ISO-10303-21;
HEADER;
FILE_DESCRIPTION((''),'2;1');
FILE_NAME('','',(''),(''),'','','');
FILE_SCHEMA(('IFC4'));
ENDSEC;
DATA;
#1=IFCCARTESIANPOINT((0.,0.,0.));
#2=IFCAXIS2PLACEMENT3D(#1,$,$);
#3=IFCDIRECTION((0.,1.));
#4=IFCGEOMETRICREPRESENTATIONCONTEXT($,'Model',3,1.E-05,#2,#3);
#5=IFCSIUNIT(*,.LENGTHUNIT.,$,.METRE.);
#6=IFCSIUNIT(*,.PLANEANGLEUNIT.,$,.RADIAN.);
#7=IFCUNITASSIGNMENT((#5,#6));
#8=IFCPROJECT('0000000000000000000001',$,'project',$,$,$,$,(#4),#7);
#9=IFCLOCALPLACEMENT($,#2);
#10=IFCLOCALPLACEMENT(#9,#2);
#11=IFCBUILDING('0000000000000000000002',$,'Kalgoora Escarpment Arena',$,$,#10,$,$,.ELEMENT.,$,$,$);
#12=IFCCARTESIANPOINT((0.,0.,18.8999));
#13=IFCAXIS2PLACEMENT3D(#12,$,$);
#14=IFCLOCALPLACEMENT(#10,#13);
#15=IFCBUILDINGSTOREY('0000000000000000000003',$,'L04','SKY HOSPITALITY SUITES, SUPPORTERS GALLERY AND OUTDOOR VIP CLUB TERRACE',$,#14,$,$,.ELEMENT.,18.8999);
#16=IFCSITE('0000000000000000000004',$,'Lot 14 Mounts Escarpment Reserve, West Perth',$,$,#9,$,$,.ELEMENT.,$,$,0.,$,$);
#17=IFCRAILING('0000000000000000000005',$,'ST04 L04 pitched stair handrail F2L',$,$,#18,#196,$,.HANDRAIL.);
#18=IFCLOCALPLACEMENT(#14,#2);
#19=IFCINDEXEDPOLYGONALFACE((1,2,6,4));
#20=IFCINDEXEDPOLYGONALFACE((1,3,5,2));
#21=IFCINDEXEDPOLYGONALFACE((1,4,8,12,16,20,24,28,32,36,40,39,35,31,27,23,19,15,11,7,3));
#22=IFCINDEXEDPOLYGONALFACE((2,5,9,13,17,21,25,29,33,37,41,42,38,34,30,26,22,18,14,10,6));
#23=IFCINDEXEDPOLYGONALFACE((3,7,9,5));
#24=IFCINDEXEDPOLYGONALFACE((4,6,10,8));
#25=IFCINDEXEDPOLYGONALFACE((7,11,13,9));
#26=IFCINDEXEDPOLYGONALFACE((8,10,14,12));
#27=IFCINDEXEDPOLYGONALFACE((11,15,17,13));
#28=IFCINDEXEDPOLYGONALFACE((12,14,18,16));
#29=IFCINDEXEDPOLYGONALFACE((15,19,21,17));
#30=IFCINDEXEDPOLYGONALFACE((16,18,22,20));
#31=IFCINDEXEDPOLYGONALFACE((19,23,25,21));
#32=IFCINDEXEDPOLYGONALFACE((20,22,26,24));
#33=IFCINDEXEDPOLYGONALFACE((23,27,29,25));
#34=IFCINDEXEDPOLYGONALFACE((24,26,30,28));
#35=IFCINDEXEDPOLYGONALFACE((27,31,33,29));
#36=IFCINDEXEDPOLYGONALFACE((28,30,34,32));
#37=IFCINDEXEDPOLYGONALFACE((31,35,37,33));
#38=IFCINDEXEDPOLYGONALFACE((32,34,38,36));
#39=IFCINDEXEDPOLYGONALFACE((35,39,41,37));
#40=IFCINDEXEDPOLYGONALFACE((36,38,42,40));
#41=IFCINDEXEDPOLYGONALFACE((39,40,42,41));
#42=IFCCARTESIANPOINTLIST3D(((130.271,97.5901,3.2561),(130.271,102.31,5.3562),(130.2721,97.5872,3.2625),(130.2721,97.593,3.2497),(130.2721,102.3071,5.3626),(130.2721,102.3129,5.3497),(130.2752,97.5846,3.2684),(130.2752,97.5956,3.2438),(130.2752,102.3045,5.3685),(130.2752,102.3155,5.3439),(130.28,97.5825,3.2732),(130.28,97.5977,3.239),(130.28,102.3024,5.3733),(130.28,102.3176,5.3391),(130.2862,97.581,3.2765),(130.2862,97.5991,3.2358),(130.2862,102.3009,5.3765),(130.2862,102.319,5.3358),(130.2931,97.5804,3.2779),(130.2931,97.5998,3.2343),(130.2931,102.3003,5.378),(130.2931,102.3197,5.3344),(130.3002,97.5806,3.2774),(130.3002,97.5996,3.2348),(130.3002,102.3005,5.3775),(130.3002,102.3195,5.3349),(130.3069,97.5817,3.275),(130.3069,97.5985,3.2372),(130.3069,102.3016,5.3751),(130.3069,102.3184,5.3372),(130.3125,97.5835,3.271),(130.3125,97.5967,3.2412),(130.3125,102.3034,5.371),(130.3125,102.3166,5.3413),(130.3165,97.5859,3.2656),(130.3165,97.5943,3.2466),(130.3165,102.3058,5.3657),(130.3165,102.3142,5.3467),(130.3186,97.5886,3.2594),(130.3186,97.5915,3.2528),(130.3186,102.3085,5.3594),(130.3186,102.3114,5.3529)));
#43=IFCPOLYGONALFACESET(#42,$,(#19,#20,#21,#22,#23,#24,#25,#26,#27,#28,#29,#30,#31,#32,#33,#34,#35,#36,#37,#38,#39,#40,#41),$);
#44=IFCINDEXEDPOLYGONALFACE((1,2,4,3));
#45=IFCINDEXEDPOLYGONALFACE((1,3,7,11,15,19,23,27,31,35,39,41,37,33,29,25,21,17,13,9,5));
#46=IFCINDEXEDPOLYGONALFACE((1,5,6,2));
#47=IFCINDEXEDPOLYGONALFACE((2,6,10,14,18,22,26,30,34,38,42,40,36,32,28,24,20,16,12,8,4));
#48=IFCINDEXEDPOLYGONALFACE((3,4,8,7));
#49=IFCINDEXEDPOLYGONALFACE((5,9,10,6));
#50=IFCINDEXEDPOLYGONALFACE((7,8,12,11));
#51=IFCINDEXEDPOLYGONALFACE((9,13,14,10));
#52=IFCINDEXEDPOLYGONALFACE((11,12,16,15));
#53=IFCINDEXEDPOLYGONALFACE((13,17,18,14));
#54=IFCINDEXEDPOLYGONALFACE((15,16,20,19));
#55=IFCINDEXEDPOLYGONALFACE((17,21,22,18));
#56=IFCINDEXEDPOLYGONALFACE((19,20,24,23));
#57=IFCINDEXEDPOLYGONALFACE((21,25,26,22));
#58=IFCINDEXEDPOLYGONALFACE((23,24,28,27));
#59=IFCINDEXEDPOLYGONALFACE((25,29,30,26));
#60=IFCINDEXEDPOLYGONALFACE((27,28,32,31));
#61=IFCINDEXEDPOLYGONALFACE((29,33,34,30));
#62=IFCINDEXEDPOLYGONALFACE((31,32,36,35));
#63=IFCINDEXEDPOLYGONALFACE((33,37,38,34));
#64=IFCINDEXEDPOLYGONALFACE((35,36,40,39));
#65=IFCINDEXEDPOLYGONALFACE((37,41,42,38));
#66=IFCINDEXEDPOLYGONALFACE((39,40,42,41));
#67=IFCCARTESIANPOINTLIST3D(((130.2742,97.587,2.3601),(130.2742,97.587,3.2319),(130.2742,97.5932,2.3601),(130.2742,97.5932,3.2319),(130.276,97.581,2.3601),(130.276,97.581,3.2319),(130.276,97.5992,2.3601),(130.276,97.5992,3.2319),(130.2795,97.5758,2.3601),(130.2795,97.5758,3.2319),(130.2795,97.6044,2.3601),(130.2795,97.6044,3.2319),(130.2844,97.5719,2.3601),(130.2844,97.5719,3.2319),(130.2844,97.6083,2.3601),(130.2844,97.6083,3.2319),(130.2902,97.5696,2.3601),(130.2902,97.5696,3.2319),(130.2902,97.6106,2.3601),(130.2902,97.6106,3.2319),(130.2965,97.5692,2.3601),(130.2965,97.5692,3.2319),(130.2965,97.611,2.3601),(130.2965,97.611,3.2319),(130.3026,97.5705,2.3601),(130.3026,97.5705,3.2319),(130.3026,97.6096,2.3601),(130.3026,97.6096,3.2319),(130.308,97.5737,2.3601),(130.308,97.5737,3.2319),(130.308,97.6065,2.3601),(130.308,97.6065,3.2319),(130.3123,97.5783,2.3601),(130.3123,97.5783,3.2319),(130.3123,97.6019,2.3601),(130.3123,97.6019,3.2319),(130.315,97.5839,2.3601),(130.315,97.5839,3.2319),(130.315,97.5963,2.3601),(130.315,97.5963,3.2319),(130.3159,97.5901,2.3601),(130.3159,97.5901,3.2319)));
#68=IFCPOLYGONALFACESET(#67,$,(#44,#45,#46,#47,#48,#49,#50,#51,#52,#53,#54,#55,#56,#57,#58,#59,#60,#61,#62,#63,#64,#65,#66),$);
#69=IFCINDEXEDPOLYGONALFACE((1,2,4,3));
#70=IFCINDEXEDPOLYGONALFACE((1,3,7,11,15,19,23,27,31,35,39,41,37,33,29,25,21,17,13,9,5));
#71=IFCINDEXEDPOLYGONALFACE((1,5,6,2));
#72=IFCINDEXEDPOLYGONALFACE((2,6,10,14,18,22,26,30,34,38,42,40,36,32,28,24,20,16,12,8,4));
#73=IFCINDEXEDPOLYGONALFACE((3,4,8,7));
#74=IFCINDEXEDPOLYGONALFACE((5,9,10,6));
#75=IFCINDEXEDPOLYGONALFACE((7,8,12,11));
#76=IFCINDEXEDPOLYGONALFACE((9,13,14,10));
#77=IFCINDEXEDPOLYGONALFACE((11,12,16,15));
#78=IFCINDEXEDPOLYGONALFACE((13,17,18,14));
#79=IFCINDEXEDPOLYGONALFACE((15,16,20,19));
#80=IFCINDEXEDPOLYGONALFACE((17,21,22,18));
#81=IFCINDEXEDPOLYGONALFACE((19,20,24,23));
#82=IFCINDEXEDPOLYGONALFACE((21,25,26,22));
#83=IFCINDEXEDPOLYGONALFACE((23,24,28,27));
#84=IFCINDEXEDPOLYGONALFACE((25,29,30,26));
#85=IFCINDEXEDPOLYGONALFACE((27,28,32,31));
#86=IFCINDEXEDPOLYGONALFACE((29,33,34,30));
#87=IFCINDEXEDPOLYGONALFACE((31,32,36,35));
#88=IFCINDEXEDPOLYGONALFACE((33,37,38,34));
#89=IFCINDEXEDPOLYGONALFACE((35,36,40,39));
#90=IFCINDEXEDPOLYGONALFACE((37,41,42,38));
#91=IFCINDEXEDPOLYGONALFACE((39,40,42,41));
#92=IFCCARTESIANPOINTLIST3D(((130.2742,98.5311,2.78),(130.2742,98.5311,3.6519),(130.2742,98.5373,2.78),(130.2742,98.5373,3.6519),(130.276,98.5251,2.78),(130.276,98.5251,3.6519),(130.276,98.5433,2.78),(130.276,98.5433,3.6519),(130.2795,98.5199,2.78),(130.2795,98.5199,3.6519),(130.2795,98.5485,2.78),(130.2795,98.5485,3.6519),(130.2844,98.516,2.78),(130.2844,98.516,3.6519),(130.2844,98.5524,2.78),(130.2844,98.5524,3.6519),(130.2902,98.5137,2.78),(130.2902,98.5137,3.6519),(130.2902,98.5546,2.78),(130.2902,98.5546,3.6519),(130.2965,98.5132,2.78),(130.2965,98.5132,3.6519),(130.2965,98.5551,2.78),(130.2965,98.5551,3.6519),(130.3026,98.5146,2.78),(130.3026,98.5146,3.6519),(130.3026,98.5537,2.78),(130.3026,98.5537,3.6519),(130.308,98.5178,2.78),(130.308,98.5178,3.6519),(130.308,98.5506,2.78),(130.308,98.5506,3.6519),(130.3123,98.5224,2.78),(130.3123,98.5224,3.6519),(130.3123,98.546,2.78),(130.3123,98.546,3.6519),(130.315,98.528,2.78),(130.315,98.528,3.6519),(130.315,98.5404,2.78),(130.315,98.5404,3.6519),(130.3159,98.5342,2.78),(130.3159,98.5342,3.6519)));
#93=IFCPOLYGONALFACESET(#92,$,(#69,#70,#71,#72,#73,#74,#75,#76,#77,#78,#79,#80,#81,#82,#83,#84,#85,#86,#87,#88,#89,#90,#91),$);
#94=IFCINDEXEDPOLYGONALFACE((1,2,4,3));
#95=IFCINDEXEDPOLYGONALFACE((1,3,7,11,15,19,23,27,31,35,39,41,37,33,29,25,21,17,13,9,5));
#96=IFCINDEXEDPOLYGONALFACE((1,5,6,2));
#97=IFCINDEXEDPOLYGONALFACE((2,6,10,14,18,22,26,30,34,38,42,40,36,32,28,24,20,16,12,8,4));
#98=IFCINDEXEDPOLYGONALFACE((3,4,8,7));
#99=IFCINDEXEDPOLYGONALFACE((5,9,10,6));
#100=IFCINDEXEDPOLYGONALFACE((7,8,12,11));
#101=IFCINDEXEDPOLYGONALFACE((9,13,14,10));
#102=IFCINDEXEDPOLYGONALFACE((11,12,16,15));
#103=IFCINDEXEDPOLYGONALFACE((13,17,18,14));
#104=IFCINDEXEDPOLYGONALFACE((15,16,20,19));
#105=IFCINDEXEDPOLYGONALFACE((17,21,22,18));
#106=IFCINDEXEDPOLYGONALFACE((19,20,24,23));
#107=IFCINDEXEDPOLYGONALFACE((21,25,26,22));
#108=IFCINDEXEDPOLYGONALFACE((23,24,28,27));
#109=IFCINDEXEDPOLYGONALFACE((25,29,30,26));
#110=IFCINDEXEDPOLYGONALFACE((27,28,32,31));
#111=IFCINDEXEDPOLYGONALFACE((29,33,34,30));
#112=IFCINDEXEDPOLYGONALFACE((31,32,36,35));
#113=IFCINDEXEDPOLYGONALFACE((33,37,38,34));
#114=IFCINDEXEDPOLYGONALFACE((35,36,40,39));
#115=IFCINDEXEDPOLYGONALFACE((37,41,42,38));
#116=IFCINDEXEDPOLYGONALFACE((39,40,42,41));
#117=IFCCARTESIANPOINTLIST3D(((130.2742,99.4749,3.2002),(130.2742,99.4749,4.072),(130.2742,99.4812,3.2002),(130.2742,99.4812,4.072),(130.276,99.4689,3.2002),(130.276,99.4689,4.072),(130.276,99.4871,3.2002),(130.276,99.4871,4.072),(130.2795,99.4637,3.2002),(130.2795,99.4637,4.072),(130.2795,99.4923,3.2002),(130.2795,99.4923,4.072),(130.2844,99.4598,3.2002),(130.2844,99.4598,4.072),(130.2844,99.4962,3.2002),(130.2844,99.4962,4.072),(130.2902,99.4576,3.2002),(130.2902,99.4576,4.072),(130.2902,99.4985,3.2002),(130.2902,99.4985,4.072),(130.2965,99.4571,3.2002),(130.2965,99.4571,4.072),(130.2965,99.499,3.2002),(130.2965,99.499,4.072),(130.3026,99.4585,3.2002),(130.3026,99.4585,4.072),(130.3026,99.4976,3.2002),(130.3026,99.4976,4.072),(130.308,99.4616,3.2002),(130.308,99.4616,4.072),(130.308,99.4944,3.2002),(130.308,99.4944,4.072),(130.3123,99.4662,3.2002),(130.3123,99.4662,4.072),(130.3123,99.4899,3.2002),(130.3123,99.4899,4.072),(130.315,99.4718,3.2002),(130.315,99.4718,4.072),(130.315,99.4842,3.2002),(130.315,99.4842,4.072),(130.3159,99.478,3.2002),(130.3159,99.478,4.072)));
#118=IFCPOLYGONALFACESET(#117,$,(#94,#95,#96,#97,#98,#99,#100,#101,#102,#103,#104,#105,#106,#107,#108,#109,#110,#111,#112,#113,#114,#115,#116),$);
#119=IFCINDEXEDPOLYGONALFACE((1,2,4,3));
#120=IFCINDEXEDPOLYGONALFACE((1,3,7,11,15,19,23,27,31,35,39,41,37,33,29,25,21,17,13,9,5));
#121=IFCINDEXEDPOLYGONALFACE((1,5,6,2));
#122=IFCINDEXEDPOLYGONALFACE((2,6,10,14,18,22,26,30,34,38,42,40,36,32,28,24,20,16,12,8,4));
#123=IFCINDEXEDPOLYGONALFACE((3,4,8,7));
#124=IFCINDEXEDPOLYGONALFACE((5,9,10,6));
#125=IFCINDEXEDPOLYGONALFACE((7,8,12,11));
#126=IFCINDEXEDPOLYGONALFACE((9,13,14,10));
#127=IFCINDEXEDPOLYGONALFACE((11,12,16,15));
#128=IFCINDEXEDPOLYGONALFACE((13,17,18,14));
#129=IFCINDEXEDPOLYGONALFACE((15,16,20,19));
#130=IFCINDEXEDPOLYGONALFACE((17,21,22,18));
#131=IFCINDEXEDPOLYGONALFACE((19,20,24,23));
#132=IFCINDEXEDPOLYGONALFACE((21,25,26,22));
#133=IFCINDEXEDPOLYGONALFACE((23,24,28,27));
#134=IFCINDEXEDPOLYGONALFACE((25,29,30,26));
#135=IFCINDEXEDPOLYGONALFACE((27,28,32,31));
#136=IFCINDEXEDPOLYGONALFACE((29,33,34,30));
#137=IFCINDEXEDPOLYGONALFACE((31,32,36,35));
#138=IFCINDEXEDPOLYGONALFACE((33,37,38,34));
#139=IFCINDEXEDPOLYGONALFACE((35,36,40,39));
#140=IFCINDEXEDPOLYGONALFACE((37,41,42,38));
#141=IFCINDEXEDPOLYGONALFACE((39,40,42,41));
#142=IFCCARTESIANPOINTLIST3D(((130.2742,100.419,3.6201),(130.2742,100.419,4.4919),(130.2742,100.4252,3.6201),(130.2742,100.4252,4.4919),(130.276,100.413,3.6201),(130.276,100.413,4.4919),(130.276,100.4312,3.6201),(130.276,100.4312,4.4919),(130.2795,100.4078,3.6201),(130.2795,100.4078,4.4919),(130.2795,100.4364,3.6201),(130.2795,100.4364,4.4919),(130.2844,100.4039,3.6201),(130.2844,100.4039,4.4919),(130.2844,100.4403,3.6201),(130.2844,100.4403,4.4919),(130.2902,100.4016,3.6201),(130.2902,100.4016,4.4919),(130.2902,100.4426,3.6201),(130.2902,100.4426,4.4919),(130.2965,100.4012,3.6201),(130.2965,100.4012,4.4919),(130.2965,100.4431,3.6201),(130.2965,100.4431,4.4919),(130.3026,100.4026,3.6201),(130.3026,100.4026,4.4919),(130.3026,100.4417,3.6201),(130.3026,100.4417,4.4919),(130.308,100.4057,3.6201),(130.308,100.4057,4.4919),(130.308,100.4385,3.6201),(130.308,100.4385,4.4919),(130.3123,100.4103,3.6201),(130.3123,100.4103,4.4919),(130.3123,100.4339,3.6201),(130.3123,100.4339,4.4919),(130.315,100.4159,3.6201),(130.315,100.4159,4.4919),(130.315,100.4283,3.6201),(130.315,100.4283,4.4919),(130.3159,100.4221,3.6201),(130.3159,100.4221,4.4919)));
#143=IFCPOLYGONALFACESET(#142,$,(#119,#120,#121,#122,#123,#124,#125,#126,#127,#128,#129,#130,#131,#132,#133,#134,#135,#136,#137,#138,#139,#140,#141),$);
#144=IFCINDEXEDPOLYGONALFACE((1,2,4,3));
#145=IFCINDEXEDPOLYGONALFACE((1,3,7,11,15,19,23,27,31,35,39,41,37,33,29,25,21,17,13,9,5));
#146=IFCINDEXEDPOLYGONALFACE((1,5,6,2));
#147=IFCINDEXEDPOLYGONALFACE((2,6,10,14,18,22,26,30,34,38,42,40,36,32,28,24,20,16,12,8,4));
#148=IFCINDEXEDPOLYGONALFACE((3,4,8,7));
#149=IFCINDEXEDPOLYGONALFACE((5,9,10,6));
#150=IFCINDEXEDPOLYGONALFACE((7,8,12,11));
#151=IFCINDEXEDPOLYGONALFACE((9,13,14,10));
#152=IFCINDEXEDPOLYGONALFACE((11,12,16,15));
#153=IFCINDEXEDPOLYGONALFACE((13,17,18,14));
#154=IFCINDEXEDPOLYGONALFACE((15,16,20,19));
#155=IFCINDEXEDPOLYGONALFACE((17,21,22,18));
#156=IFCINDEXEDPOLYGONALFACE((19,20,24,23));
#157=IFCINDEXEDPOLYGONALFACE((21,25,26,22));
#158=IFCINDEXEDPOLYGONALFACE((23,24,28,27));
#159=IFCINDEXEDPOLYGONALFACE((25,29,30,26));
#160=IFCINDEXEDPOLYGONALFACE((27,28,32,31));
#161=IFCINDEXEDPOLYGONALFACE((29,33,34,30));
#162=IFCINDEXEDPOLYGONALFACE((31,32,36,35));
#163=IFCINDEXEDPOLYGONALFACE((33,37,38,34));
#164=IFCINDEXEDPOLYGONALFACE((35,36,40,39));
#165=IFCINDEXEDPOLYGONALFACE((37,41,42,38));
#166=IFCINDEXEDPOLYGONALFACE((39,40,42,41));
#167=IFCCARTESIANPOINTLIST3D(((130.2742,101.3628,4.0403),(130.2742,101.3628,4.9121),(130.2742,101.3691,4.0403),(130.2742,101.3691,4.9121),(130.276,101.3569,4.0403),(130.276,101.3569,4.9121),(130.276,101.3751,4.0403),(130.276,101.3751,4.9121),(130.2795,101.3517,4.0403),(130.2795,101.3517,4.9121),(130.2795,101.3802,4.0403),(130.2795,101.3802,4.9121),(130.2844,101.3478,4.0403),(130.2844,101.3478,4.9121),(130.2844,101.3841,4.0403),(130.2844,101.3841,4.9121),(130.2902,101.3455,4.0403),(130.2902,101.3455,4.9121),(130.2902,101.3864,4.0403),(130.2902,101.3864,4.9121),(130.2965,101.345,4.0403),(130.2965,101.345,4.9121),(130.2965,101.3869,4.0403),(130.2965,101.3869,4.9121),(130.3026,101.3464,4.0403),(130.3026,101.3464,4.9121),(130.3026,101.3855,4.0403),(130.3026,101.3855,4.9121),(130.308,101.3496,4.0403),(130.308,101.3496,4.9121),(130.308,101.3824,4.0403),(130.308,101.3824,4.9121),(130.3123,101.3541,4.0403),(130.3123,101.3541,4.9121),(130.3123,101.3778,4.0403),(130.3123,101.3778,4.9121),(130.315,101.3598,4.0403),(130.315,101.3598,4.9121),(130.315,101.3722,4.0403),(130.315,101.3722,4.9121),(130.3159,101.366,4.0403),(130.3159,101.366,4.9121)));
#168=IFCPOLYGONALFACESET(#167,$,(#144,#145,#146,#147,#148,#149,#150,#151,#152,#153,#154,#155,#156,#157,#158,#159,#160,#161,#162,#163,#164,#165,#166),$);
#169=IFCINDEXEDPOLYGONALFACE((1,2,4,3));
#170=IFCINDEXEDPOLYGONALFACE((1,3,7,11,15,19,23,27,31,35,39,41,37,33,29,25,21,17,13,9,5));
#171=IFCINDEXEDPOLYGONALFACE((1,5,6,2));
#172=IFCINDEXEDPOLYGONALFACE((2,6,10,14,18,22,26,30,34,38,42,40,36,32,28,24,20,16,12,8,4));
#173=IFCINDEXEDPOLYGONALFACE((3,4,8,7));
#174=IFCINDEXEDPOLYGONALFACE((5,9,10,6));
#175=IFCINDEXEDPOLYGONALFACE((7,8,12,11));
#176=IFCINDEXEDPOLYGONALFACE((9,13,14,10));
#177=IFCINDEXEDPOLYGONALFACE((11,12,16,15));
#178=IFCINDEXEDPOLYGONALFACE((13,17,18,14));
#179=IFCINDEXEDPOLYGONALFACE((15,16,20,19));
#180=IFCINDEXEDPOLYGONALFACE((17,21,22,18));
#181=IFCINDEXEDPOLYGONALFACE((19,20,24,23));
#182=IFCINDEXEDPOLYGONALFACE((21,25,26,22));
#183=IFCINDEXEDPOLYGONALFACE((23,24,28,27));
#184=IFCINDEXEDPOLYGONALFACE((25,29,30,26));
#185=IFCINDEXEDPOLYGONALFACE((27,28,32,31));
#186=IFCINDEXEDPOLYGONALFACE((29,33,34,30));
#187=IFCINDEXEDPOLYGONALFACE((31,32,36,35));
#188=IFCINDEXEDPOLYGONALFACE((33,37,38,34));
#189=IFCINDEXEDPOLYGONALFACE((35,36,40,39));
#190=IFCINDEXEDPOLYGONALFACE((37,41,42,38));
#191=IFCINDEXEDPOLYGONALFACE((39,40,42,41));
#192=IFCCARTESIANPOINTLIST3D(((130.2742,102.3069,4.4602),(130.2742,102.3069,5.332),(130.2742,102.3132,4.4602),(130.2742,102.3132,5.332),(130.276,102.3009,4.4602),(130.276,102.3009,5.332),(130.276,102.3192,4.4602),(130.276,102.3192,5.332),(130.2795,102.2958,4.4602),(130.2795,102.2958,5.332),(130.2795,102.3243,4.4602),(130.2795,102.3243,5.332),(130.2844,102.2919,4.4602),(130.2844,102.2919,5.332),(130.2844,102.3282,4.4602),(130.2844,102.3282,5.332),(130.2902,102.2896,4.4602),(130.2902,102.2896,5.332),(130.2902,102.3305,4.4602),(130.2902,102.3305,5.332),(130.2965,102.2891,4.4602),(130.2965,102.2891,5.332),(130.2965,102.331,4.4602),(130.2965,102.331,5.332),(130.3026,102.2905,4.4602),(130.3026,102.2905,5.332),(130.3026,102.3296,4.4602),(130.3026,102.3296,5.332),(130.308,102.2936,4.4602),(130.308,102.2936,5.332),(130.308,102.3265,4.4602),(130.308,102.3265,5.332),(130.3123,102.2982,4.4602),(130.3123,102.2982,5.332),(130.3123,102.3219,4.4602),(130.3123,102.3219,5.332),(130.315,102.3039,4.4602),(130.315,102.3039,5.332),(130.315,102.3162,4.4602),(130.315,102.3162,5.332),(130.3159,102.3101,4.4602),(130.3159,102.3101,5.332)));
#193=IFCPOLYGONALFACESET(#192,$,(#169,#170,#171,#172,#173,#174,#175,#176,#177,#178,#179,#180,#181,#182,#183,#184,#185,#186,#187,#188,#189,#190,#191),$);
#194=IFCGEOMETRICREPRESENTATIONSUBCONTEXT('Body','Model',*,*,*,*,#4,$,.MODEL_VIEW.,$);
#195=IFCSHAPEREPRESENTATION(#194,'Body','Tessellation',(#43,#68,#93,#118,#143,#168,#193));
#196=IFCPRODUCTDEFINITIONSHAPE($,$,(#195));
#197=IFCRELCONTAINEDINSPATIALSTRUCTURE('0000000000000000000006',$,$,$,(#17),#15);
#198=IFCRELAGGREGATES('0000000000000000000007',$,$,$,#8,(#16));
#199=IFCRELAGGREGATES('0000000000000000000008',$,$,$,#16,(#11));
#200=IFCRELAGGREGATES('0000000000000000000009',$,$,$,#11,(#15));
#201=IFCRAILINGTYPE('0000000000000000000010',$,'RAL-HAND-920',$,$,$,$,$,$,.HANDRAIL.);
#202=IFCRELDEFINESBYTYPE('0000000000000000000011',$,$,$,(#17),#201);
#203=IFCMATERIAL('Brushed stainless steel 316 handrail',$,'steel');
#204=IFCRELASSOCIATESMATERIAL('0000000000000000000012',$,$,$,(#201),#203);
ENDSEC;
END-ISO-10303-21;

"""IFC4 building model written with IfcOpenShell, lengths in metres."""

from ifc_helpers import new_model, si_unit, direction, frame, origin, origin_2d, place, context, subcontext, project, spatial, circle, extrude, material, type_object, element, save


model = new_model("IFC4")

# Units and contexts
model_context = context("Model", 3, precision=1e-05, world=origin(), true_north=direction((0.0, 1.0)))
body_context = subcontext(model_context, "Body", "Model", "MODEL_VIEW")
ifc_project = project(units=[si_unit("LENGTHUNIT", "METRE"), si_unit("PLANEANGLEUNIT", "RADIAN")], contexts=[model_context])

# Site, building, storey
site_placement = place(None, origin())
site = spatial("IfcSite", under=ifc_project, at=site_placement, Name="Lot 14 Mounts Escarpment Reserve, West Perth", CompositionType="ELEMENT", RefElevation=0.0)
building_placement = place(site_placement, origin())
building = spatial("IfcBuilding", under=site, at=building_placement, Name="Kalgoora Escarpment Arena", CompositionType="ELEMENT")
storey_placement = place(building_placement, frame((0.0, 0.0, 18.8999)))
storey = spatial("IfcBuildingStorey", under=building, at=storey_placement, Name="L04", Description="SKY HOSPITALITY SUITES, SUPPORTERS GALLERY AND OUTDOOR VIP CLUB TERRACE", CompositionType="ELEMENT", Elevation=18.8999)

# Railing
ifc_material_1 = material(Name="Brushed stainless steel 316 handrail", Category="steel")
railing_type_1 = type_object("IfcRailingType", Name="RAL-HAND-920", PredefinedType="HANDRAIL", material=ifc_material_1)
for number, where, name in (
    (1, (130.2949, 97.5901, 2.3601), "ST04 L04 pitched stair handrail F2L"),
):
    element("IfcRailing", number, at=place(storey_placement, frame(where)), inside=storey, type_object=railing_type_1, Name=name, PredefinedType="HANDRAIL", context=body_context, shape_type="SweptSolid", body=[
        extrude(circle(Radius=0.0239, at=origin_2d()), frame((0.0, 0.0, 0.896), z_axis=(0.0, 0.913644, 0.406516), x_axis=(-1.0, 0.0, 0.0)), (0.0, 0.0, 1.0), 5.166),
        extrude(circle(Radius=0.021, at=origin_2d()), origin(), (0.0, 0.0, 1.0), 0.8718),
        extrude(circle(Radius=0.021, at=origin_2d()), frame((0.0, 0.9441, 0.4199)), (0.0, 0.0, 1.0), 0.8718),
        extrude(circle(Radius=0.021, at=origin_2d()), frame((0.0, 1.8879, 0.8401)), (0.0, 0.0, 1.0), 0.8718),
        extrude(circle(Radius=0.021, at=origin_2d()), frame((0.0, 2.832, 1.26)), (0.0, 0.0, 1.0), 0.8718),
        extrude(circle(Radius=0.021, at=origin_2d()), frame((0.0, 3.7759, 1.6802)), (0.0, 0.0, 1.0), 0.8718),
        extrude(circle(Radius=0.021, at=origin_2d()), frame((0.0, 4.72, 2.1001)), (0.0, 0.0, 1.0), 0.8718),
    ])

save(model, "model.ifc")
